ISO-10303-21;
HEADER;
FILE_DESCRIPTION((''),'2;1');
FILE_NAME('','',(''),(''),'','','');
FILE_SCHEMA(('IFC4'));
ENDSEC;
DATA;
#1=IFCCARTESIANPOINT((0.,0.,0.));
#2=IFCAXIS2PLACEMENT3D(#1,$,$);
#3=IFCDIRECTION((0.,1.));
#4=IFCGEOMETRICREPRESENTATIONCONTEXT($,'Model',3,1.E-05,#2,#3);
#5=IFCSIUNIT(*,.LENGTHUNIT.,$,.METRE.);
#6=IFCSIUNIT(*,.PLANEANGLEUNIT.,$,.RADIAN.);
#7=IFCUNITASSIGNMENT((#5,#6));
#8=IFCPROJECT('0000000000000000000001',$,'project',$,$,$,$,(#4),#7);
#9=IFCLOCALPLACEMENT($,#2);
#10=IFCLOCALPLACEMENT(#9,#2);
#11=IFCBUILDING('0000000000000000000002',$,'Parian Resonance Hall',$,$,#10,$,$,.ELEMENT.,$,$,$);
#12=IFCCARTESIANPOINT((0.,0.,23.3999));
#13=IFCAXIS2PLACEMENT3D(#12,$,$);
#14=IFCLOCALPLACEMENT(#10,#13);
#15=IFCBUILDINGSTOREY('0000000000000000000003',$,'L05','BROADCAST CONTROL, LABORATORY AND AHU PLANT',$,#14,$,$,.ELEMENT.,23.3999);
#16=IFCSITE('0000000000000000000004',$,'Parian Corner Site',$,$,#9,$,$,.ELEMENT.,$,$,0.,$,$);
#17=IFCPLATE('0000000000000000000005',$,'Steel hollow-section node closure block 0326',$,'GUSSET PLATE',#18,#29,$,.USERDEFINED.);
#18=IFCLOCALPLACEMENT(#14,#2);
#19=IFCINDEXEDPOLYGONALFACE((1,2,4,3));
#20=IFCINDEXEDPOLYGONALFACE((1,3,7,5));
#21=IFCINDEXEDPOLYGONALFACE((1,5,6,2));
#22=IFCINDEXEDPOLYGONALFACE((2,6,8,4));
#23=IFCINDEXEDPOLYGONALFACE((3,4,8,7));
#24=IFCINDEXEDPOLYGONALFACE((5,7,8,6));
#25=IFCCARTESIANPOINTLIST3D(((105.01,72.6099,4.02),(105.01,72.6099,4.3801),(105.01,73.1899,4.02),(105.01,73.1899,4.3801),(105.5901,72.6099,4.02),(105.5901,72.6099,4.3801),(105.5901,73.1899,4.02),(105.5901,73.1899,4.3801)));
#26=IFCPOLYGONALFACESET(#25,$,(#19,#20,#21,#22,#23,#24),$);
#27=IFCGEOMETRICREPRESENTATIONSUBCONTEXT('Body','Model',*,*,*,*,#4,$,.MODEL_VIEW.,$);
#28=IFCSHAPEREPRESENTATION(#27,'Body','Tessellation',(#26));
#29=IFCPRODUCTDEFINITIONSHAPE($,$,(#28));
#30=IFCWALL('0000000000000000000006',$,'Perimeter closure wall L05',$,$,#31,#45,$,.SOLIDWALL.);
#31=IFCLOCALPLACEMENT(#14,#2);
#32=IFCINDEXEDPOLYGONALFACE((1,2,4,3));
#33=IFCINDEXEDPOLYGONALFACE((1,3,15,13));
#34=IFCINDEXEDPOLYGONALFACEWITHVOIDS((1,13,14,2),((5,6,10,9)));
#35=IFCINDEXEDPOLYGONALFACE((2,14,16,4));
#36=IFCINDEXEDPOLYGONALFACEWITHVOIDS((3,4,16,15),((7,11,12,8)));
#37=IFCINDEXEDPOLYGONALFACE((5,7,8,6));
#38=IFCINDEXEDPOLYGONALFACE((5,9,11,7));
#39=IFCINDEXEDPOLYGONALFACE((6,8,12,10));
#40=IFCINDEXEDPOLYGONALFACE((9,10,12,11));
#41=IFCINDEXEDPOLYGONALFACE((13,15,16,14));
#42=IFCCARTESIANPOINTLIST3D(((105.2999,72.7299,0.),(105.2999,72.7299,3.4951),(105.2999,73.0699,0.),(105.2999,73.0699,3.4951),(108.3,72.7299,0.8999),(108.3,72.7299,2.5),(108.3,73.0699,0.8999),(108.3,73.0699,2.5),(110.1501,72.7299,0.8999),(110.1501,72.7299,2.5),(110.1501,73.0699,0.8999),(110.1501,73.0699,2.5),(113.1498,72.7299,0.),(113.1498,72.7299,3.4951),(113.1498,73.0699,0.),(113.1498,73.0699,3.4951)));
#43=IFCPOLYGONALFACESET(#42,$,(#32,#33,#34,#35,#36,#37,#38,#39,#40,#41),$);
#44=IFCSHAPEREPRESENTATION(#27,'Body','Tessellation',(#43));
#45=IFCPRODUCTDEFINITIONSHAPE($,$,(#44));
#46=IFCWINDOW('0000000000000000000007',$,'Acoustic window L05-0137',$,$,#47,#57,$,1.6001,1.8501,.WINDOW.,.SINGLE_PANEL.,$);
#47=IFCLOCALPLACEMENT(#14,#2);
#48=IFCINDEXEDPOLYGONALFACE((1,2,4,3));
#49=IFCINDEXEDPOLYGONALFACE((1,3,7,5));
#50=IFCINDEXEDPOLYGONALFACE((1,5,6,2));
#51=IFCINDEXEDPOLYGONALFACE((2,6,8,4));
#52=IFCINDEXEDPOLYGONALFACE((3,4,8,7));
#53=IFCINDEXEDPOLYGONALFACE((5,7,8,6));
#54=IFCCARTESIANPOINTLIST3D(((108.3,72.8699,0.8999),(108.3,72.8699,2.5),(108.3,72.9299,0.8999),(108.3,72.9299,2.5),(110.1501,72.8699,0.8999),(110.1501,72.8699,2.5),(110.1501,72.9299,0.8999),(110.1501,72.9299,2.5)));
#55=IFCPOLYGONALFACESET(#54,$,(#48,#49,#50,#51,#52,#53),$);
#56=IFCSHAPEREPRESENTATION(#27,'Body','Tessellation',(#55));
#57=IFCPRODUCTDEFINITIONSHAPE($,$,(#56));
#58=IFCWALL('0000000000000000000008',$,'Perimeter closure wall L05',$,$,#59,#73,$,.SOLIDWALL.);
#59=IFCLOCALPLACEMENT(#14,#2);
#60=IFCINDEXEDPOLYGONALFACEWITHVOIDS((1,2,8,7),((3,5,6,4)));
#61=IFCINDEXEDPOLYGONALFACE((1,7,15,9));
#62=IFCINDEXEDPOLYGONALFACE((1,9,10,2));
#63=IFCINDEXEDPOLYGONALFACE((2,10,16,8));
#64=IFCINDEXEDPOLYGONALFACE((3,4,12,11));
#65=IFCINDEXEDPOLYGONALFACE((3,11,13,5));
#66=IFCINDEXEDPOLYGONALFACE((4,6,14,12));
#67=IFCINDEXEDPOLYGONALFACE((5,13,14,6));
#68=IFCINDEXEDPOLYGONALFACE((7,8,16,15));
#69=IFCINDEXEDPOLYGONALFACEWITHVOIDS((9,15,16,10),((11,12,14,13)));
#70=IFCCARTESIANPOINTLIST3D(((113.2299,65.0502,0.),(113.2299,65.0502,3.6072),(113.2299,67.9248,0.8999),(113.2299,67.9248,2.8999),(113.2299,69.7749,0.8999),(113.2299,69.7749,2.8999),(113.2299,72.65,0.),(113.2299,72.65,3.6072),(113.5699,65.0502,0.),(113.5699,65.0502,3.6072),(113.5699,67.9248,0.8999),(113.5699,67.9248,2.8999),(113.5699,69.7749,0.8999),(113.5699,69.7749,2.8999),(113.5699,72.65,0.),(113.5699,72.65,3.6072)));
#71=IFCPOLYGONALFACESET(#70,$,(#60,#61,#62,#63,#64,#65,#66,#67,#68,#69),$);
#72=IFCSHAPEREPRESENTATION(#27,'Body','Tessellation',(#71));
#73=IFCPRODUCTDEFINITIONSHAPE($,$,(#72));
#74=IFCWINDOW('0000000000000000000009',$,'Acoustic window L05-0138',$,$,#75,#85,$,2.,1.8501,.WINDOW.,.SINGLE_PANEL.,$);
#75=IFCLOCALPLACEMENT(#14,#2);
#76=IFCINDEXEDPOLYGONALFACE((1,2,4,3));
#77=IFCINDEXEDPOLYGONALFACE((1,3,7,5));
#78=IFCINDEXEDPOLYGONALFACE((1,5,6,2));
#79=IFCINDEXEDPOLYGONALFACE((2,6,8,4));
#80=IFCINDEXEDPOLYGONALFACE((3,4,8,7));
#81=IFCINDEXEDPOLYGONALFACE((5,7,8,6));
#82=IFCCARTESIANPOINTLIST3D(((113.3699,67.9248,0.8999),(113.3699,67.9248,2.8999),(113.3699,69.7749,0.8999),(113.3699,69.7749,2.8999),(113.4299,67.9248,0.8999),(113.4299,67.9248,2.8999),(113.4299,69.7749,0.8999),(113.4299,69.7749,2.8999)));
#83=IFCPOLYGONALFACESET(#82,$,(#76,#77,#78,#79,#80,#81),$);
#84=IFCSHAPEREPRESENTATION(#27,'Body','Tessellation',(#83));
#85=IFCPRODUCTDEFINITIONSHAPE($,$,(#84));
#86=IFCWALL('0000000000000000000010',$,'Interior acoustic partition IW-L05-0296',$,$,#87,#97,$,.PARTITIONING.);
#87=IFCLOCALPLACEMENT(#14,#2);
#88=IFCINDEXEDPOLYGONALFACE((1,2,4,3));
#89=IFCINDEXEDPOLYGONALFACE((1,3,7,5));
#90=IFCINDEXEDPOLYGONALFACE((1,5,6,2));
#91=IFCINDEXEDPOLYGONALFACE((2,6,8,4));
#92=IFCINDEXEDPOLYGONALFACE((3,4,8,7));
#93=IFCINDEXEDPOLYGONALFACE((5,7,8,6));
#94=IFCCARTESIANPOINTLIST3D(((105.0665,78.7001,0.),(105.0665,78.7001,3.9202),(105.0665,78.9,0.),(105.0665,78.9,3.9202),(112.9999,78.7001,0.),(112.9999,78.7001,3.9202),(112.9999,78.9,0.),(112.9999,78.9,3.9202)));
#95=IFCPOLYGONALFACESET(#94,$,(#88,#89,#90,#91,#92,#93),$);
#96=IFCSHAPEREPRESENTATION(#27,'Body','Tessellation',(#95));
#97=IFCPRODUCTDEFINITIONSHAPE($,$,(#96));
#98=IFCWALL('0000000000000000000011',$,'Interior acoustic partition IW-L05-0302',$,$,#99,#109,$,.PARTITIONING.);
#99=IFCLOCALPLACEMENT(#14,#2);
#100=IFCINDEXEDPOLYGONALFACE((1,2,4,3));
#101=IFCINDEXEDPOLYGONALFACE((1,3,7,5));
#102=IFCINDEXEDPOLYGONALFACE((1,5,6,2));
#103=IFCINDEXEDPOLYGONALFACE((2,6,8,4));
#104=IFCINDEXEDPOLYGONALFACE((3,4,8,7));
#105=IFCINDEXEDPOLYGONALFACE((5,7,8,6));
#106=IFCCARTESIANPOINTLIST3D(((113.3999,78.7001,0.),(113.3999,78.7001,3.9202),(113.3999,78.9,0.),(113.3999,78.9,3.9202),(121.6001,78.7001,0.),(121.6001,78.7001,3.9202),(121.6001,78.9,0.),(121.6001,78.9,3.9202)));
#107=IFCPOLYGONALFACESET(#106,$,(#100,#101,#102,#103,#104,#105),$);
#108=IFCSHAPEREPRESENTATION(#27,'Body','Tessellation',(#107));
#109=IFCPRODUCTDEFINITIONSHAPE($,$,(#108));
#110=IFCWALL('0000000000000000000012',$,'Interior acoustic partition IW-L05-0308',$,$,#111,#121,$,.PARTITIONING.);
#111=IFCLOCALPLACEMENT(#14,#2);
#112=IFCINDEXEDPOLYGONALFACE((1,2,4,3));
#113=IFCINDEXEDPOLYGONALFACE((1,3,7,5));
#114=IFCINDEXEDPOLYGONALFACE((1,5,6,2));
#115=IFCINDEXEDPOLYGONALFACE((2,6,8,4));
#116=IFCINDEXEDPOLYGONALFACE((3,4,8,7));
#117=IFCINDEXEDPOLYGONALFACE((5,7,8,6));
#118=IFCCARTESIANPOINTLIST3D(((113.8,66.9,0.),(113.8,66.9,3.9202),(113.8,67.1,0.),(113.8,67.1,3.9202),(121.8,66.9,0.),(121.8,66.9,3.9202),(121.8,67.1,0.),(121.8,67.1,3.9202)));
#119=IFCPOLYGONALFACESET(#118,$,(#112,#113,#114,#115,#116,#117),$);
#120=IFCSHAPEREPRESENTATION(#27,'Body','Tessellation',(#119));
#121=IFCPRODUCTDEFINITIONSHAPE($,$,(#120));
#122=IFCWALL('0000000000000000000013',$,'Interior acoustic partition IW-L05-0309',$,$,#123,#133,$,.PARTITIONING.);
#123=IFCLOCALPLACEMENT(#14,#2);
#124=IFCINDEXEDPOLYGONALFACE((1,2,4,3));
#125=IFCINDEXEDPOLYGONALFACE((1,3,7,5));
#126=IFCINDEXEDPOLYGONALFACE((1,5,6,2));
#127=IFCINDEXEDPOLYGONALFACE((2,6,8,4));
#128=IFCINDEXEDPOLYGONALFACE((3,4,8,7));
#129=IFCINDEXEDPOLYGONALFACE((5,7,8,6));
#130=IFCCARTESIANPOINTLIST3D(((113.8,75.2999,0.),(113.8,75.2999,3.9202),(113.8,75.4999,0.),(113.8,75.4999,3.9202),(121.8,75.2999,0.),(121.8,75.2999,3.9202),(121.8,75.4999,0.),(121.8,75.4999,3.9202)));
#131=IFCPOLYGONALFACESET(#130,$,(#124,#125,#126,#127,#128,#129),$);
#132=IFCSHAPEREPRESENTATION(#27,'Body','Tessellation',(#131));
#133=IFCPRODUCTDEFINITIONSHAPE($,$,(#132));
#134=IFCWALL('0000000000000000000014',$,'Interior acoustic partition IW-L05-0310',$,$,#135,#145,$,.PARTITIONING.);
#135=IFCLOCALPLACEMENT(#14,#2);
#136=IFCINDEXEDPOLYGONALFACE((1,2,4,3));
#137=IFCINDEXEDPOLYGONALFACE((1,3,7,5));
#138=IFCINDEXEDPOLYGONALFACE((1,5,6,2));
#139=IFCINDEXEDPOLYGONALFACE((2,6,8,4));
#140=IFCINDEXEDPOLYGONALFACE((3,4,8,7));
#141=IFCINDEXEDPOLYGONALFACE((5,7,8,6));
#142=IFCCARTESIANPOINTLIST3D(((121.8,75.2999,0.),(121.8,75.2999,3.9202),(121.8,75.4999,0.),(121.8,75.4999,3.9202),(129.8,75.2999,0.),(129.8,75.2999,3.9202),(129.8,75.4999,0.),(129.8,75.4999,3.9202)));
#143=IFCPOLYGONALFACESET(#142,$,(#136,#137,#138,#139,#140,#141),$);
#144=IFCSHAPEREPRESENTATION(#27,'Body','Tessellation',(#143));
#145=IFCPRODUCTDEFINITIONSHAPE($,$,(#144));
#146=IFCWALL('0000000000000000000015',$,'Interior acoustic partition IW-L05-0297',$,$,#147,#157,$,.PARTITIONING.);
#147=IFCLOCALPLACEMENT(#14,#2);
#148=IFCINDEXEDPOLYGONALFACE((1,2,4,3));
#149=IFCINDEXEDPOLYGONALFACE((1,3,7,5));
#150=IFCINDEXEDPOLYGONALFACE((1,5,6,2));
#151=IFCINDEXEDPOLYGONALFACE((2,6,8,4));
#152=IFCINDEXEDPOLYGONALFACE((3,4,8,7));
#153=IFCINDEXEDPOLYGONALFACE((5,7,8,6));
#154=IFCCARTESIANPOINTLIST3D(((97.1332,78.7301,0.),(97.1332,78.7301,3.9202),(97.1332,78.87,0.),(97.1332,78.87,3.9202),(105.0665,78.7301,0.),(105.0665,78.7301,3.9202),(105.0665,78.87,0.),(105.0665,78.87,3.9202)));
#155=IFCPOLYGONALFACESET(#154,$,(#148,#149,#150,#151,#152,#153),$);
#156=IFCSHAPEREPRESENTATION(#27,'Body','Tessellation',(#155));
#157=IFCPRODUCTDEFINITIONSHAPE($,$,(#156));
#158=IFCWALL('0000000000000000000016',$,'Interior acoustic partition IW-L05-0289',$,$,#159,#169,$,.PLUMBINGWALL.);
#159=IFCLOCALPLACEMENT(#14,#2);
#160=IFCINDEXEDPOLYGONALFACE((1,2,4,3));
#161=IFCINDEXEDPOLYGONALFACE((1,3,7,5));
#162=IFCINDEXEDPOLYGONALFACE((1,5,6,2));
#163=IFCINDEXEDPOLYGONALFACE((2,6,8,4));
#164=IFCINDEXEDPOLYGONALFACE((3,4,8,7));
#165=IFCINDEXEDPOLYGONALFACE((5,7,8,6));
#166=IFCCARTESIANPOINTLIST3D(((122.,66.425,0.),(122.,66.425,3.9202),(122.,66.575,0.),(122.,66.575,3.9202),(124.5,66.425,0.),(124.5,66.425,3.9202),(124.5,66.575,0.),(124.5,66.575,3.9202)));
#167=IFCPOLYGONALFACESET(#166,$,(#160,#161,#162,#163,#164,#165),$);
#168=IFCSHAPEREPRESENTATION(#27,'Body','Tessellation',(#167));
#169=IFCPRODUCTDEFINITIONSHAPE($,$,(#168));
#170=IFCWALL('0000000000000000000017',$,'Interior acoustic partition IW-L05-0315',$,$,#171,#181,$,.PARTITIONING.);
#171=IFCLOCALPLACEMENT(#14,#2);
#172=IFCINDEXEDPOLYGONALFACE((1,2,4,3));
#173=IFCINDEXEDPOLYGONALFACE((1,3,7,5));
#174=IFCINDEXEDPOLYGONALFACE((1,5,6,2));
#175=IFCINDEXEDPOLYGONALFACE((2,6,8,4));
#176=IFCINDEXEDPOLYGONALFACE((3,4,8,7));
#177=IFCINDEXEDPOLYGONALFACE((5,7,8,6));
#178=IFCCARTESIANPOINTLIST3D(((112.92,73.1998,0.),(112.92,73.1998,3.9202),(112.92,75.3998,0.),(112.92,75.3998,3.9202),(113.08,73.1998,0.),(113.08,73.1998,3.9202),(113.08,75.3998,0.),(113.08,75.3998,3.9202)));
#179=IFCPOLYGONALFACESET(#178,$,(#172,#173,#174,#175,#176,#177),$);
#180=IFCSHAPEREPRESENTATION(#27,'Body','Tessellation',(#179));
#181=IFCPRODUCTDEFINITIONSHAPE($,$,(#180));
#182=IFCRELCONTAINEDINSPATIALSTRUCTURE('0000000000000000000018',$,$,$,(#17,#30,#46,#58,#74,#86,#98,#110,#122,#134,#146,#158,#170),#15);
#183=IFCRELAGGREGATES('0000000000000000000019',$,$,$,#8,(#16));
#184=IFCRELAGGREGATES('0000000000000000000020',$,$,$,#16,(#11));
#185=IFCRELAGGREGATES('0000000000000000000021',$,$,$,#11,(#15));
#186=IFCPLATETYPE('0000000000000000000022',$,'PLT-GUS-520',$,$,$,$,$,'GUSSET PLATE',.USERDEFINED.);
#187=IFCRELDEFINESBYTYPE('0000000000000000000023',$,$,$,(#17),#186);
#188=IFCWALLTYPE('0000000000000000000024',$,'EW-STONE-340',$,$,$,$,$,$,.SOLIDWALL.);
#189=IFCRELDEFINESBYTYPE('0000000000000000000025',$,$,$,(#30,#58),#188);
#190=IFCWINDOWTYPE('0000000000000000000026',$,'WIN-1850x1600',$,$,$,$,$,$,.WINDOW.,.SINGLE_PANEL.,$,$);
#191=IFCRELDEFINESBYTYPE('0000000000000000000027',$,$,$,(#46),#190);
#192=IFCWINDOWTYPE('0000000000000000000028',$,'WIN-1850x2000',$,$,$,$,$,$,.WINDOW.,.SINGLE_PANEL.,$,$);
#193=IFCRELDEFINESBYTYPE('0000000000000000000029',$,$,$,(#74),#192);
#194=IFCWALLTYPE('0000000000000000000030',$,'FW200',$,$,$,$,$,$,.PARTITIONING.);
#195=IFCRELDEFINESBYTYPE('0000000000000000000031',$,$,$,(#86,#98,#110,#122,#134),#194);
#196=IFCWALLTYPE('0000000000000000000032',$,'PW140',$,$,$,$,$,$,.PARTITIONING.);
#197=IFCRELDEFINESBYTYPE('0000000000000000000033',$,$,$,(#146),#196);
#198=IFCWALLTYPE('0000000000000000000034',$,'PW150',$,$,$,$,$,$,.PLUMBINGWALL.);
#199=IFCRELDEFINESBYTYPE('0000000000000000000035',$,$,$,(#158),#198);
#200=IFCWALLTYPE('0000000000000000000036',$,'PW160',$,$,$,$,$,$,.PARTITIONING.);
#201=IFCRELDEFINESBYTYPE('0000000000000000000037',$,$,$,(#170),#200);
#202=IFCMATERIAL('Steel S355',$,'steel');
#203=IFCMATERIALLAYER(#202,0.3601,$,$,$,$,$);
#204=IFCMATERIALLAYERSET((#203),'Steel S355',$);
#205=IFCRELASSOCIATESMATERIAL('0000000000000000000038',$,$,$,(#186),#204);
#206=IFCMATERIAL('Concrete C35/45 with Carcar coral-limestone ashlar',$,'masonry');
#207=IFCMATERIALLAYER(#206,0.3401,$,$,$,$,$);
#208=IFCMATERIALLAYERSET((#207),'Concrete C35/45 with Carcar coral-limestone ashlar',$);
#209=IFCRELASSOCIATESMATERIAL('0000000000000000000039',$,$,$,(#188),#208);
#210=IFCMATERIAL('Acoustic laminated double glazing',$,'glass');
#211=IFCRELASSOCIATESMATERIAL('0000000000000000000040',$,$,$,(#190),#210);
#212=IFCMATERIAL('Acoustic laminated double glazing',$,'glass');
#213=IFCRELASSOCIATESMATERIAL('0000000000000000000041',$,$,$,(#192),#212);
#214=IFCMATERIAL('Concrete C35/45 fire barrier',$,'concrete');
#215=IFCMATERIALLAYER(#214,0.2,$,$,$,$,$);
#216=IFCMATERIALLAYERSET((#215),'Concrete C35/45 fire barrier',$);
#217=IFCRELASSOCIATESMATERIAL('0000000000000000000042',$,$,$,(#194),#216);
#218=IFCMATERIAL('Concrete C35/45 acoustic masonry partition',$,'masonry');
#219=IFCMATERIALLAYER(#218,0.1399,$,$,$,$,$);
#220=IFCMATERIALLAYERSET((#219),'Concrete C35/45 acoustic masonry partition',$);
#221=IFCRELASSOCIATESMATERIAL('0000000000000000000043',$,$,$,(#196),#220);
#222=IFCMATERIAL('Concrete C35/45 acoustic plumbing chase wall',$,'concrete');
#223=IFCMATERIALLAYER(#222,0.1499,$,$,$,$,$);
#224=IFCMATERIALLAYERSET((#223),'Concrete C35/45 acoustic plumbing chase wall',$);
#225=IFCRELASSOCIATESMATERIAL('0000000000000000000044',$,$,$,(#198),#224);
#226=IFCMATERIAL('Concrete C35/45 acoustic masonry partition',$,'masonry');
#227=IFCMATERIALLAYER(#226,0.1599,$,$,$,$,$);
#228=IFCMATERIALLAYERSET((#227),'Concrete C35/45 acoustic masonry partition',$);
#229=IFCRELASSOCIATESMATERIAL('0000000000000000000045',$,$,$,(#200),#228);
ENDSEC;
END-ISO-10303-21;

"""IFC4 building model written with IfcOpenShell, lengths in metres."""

from ifc_helpers import new_model, si_unit, direction, frame, frame_2d, origin, origin_2d, place, context, subcontext, project, spatial, rectangle, extrude, material, layer, layer_set, type_object, element, fill, save


model = new_model("IFC4")

# Units and contexts
model_context = context("Model", 3, precision=1e-05, world=origin(), true_north=direction((0.0, 1.0)))
body_context = subcontext(model_context, "Body", "Model", "MODEL_VIEW")
ifc_project = project(units=[si_unit("LENGTHUNIT", "METRE"), si_unit("PLANEANGLEUNIT", "RADIAN")], contexts=[model_context])

# Site, building, storey
site_placement = place(None, origin())
site = spatial("IfcSite", under=ifc_project, at=site_placement, Name="Parian Corner Site", CompositionType="ELEMENT", RefElevation=0.0)
building_placement = place(site_placement, origin())
building = spatial("IfcBuilding", under=site, at=building_placement, Name="Parian Resonance Hall", CompositionType="ELEMENT")
storey_placement = place(building_placement, frame((0.0, 0.0, 23.3999)))
storey = spatial("IfcBuildingStorey", under=building, at=storey_placement, Name="L05", Description="BROADCAST CONTROL, LABORATORY AND AHU PLANT", CompositionType="ELEMENT", Elevation=23.3999)

# Plate
ifc_material_1 = material(Name="Steel S355", Category="steel")
ifc_layer_1 = layer(ifc_material_1, 0.3601)
ifc_layer_set_1 = layer_set([ifc_layer_1], Name="Steel S355")
plate_type = type_object("IfcPlateType", Name="PLT-GUS-520", ElementType="GUSSET PLATE", PredefinedType="USERDEFINED", material=ifc_layer_set_1)
plate_placement = place(storey_placement, frame((105.3, 72.8999, 4.02), z_axis=(0.0, 0.0, 1.0), x_axis=(1.0, 0.0, 0.0)))
element("IfcPlate", 1, at=plate_placement, inside=storey, type_object=plate_type, Name="Steel hollow-section node closure block 0326", ObjectType="GUSSET PLATE", PredefinedType="USERDEFINED", context=body_context, shape_type="SweptSolid", body=[
    extrude(rectangle(XDim=0.5801, YDim=0.5801, at=origin_2d()), origin(), (0.0, 0.0, 1.0), 0.3601),
])

# Walls, openings, windows
ifc_material_2 = material(Name="Concrete C35/45 with Carcar coral-limestone ashlar", Category="masonry")
ifc_layer_2 = layer(ifc_material_2, 0.3401)
ifc_layer_set_2 = layer_set([ifc_layer_2], Name="Concrete C35/45 with Carcar coral-limestone ashlar")
wall_type_1 = type_object("IfcWallType", Name="EW-STONE-340", PredefinedType="SOLIDWALL", material=ifc_layer_set_2)
wall_1_placement = place(storey_placement, frame((105.3, 72.8999, 0.0), z_axis=(0.0, 0.0, 1.0), x_axis=(1.0, 0.0, 0.0)))
wall_1 = element("IfcWall", 2, at=wall_1_placement, inside=storey, type_object=wall_type_1, Name="Perimeter closure wall L05", PredefinedType="SOLIDWALL", context=body_context, shape_type="SweptSolid", body=[
    extrude(rectangle(XDim=7.8499, YDim=0.3401, at=frame_2d((3.9248, 0.0))), origin(), (0.0, 0.0, 1.0), 3.4951),
])
opening_1_placement = place(wall_1_placement, frame((3.0, 0.0, 0.8999)))
opening_1 = element("IfcOpeningElement", 3, at=opening_1_placement, cuts=wall_1, PredefinedType="OPENING", context=body_context, shape_type="SweptSolid", body=[
    extrude(rectangle(XDim=1.8501, YDim=1.6001, at=frame_2d((0.925, 0.8))), frame((0.0, 0.1799, 0.0), z_axis=(0.0, -1.0, 0.0), x_axis=(1.0, 0.0, 0.0)), (0.0, 0.0, 1.0), 0.3601),
])
ifc_material_3 = material(Name="Acoustic laminated double glazing", Category="glass")
window_type_1 = type_object("IfcWindowType", Name="WIN-1850x1600", PartitioningType="SINGLE_PANEL", PredefinedType="WINDOW", material=ifc_material_3)
window_1_placement = place(opening_1_placement, origin())
window_1 = element("IfcWindow", 4, at=window_1_placement, inside=storey, type_object=window_type_1, Name="Acoustic window L05-0137", OverallHeight=1.6001, OverallWidth=1.8501, PartitioningType="SINGLE_PANEL", PredefinedType="WINDOW", context=body_context, shape_type="SweptSolid", body=[
    extrude(rectangle(XDim=1.8501, YDim=1.6001, at=frame_2d((0.925, 0.8))), frame((0.0, 0.03, 0.0), z_axis=(0.0, -1.0, 0.0), x_axis=(1.0, 0.0, 0.0)), (0.0, 0.0, 1.0), 0.0601),
])
fill(opening_1, window_1)
wall_2_placement = place(storey_placement, frame((113.3999, 72.6499, 0.0), z_axis=(0.0, 0.0, 1.0), x_axis=(0.0, -1.0, 0.0)))
wall_2 = element("IfcWall", 5, at=wall_2_placement, inside=storey, type_object=wall_type_1, Name="Perimeter closure wall L05", PredefinedType="SOLIDWALL", context=body_context, shape_type="SweptSolid", body=[
    extrude(rectangle(XDim=7.5999, YDim=0.3401, at=frame_2d((3.7998, 0.0))), origin(), (0.0, 0.0, 1.0), 3.6072),
])
opening_2_placement = place(wall_2_placement, frame((2.875, 0.0, 0.8999)))
opening_2 = element("IfcOpeningElement", 6, at=opening_2_placement, cuts=wall_2, PredefinedType="OPENING", context=body_context, shape_type="SweptSolid", body=[
    extrude(rectangle(XDim=1.8501, YDim=2.0, at=frame_2d((0.925, 1.0))), frame((0.0, 0.1799, 0.0), z_axis=(0.0, -1.0, 0.0), x_axis=(1.0, 0.0, 0.0)), (0.0, 0.0, 1.0), 0.3601),
])
ifc_material_4 = material(Name="Acoustic laminated double glazing", Category="glass")
window_type_2 = type_object("IfcWindowType", Name="WIN-1850x2000", PartitioningType="SINGLE_PANEL", PredefinedType="WINDOW", material=ifc_material_4)
window_2_placement = place(opening_2_placement, origin())
window_2 = element("IfcWindow", 7, at=window_2_placement, inside=storey, type_object=window_type_2, Name="Acoustic window L05-0138", OverallHeight=2.0, OverallWidth=1.8501, PartitioningType="SINGLE_PANEL", PredefinedType="WINDOW", context=body_context, shape_type="SweptSolid", body=[
    extrude(rectangle(XDim=1.8501, YDim=2.0, at=frame_2d((0.925, 1.0))), frame((0.0, 0.03, 0.0), z_axis=(0.0, -1.0, 0.0), x_axis=(1.0, 0.0, 0.0)), (0.0, 0.0, 1.0), 0.0601),
])
fill(opening_2, window_2)

# Walls
ifc_material_5 = material(Name="Concrete C35/45 fire barrier", Category="concrete")
ifc_layer_3 = layer(ifc_material_5, 0.2)
ifc_layer_set_3 = layer_set([ifc_layer_3], Name="Concrete C35/45 fire barrier")
wall_type_2 = type_object("IfcWallType", Name="FW200", PredefinedType="PARTITIONING", material=ifc_layer_set_3)
wall_3_placement = place(storey_placement, frame((113.0, 78.8, 0.0), z_axis=(0.0, 0.0, 1.0), x_axis=(-1.0, 0.0, 0.0)))
element("IfcWall", 8, at=wall_3_placement, inside=storey, type_object=wall_type_2, Name="Interior acoustic partition IW-L05-0296", PredefinedType="PARTITIONING", context=body_context, shape_type="SweptSolid", body=[
    extrude(rectangle(XDim=7.9333, YDim=0.2, at=frame_2d((3.9668, 0.0))), origin(), (0.0, 0.0, 1.0), 3.9202),
])
wall_4_placement = place(storey_placement, frame((121.6001, 78.8, 0.0), z_axis=(0.0, 0.0, 1.0), x_axis=(-1.0, 0.0, 0.0)))
element("IfcWall", 9, at=wall_4_placement, inside=storey, type_object=wall_type_2, Name="Interior acoustic partition IW-L05-0302", PredefinedType="PARTITIONING", context=body_context, shape_type="SweptSolid", body=[
    extrude(rectangle(XDim=8.2002, YDim=0.2, at=frame_2d((4.1001, 0.0))), origin(), (0.0, 0.0, 1.0), 3.9202),
])
for number, where, z_axis, x_axis, name in (
    (10, (121.8, 67.0, 0.0), (0.0, 0.0, 1.0), (-1.0, 0.0, 0.0), "Interior acoustic partition IW-L05-0308"),
    (11, (113.8, 75.3999, 0.0), (0.0, 0.0, 1.0), (1.0, 0.0, 0.0), "Interior acoustic partition IW-L05-0309"),
    (12, (121.8, 75.3999, 0.0), (0.0, 0.0, 1.0), (1.0, 0.0, 0.0), "Interior acoustic partition IW-L05-0310"),
):
    element("IfcWall", number, at=place(storey_placement, frame(where, z_axis=z_axis, x_axis=x_axis)), inside=storey, type_object=wall_type_2, Name=name, PredefinedType="PARTITIONING", context=body_context, shape_type="SweptSolid", body=[
        extrude(rectangle(XDim=8.0, YDim=0.2, at=frame_2d((4.0, 0.0))), origin(), (0.0, 0.0, 1.0), 3.9202),
    ])
ifc_material_6 = material(Name="Concrete C35/45 acoustic masonry partition", Category="masonry")
ifc_layer_4 = layer(ifc_material_6, 0.1399)
ifc_layer_set_4 = layer_set([ifc_layer_4], Name="Concrete C35/45 acoustic masonry partition")
wall_type_3 = type_object("IfcWallType", Name="PW140", PredefinedType="PARTITIONING", material=ifc_layer_set_4)
wall_5_placement = place(storey_placement, frame((105.0667, 78.8, 0.0), z_axis=(0.0, 0.0, 1.0), x_axis=(-1.0, 0.0, 0.0)))
element("IfcWall", 13, at=wall_5_placement, inside=storey, type_object=wall_type_3, Name="Interior acoustic partition IW-L05-0297", PredefinedType="PARTITIONING", context=body_context, shape_type="SweptSolid", body=[
    extrude(rectangle(XDim=7.9333, YDim=0.1399, at=frame_2d((3.9668, 0.0))), origin(), (0.0, 0.0, 1.0), 3.9202),
])
ifc_material_7 = material(Name="Concrete C35/45 acoustic plumbing chase wall", Category="concrete")
ifc_layer_5 = layer(ifc_material_7, 0.1499)
ifc_layer_set_5 = layer_set([ifc_layer_5], Name="Concrete C35/45 acoustic plumbing chase wall")
wall_type_4 = type_object("IfcWallType", Name="PW150", PredefinedType="PLUMBINGWALL", material=ifc_layer_set_5)
wall_6_placement = place(storey_placement, frame((122.0, 66.5, 0.0), z_axis=(0.0, 0.0, 1.0), x_axis=(1.0, 0.0, 0.0)))
element("IfcWall", 14, at=wall_6_placement, inside=storey, type_object=wall_type_4, Name="Interior acoustic partition IW-L05-0289", PredefinedType="PLUMBINGWALL", context=body_context, shape_type="SweptSolid", body=[
    extrude(rectangle(XDim=2.5, YDim=0.1499, at=frame_2d((1.25, 0.0))), origin(), (0.0, 0.0, 1.0), 3.9202),
])
ifc_material_8 = material(Name="Concrete C35/45 acoustic masonry partition", Category="masonry")
ifc_layer_6 = layer(ifc_material_8, 0.1599)
ifc_layer_set_6 = layer_set([ifc_layer_6], Name="Concrete C35/45 acoustic masonry partition")
wall_type_5 = type_object("IfcWallType", Name="PW160", PredefinedType="PARTITIONING", material=ifc_layer_set_6)
wall_7_placement = place(storey_placement, frame((113.0, 75.3999, 0.0), z_axis=(0.0, 0.0, 1.0), x_axis=(0.0, -1.0, 0.0)))
element("IfcWall", 15, at=wall_7_placement, inside=storey, type_object=wall_type_5, Name="Interior acoustic partition IW-L05-0315", PredefinedType="PARTITIONING", context=body_context, shape_type="SweptSolid", body=[
    extrude(rectangle(XDim=2.2, YDim=0.1599, at=frame_2d((1.1001, 0.0))), origin(), (0.0, 0.0, 1.0), 3.9202),
])

save(model, "model.ifc")
